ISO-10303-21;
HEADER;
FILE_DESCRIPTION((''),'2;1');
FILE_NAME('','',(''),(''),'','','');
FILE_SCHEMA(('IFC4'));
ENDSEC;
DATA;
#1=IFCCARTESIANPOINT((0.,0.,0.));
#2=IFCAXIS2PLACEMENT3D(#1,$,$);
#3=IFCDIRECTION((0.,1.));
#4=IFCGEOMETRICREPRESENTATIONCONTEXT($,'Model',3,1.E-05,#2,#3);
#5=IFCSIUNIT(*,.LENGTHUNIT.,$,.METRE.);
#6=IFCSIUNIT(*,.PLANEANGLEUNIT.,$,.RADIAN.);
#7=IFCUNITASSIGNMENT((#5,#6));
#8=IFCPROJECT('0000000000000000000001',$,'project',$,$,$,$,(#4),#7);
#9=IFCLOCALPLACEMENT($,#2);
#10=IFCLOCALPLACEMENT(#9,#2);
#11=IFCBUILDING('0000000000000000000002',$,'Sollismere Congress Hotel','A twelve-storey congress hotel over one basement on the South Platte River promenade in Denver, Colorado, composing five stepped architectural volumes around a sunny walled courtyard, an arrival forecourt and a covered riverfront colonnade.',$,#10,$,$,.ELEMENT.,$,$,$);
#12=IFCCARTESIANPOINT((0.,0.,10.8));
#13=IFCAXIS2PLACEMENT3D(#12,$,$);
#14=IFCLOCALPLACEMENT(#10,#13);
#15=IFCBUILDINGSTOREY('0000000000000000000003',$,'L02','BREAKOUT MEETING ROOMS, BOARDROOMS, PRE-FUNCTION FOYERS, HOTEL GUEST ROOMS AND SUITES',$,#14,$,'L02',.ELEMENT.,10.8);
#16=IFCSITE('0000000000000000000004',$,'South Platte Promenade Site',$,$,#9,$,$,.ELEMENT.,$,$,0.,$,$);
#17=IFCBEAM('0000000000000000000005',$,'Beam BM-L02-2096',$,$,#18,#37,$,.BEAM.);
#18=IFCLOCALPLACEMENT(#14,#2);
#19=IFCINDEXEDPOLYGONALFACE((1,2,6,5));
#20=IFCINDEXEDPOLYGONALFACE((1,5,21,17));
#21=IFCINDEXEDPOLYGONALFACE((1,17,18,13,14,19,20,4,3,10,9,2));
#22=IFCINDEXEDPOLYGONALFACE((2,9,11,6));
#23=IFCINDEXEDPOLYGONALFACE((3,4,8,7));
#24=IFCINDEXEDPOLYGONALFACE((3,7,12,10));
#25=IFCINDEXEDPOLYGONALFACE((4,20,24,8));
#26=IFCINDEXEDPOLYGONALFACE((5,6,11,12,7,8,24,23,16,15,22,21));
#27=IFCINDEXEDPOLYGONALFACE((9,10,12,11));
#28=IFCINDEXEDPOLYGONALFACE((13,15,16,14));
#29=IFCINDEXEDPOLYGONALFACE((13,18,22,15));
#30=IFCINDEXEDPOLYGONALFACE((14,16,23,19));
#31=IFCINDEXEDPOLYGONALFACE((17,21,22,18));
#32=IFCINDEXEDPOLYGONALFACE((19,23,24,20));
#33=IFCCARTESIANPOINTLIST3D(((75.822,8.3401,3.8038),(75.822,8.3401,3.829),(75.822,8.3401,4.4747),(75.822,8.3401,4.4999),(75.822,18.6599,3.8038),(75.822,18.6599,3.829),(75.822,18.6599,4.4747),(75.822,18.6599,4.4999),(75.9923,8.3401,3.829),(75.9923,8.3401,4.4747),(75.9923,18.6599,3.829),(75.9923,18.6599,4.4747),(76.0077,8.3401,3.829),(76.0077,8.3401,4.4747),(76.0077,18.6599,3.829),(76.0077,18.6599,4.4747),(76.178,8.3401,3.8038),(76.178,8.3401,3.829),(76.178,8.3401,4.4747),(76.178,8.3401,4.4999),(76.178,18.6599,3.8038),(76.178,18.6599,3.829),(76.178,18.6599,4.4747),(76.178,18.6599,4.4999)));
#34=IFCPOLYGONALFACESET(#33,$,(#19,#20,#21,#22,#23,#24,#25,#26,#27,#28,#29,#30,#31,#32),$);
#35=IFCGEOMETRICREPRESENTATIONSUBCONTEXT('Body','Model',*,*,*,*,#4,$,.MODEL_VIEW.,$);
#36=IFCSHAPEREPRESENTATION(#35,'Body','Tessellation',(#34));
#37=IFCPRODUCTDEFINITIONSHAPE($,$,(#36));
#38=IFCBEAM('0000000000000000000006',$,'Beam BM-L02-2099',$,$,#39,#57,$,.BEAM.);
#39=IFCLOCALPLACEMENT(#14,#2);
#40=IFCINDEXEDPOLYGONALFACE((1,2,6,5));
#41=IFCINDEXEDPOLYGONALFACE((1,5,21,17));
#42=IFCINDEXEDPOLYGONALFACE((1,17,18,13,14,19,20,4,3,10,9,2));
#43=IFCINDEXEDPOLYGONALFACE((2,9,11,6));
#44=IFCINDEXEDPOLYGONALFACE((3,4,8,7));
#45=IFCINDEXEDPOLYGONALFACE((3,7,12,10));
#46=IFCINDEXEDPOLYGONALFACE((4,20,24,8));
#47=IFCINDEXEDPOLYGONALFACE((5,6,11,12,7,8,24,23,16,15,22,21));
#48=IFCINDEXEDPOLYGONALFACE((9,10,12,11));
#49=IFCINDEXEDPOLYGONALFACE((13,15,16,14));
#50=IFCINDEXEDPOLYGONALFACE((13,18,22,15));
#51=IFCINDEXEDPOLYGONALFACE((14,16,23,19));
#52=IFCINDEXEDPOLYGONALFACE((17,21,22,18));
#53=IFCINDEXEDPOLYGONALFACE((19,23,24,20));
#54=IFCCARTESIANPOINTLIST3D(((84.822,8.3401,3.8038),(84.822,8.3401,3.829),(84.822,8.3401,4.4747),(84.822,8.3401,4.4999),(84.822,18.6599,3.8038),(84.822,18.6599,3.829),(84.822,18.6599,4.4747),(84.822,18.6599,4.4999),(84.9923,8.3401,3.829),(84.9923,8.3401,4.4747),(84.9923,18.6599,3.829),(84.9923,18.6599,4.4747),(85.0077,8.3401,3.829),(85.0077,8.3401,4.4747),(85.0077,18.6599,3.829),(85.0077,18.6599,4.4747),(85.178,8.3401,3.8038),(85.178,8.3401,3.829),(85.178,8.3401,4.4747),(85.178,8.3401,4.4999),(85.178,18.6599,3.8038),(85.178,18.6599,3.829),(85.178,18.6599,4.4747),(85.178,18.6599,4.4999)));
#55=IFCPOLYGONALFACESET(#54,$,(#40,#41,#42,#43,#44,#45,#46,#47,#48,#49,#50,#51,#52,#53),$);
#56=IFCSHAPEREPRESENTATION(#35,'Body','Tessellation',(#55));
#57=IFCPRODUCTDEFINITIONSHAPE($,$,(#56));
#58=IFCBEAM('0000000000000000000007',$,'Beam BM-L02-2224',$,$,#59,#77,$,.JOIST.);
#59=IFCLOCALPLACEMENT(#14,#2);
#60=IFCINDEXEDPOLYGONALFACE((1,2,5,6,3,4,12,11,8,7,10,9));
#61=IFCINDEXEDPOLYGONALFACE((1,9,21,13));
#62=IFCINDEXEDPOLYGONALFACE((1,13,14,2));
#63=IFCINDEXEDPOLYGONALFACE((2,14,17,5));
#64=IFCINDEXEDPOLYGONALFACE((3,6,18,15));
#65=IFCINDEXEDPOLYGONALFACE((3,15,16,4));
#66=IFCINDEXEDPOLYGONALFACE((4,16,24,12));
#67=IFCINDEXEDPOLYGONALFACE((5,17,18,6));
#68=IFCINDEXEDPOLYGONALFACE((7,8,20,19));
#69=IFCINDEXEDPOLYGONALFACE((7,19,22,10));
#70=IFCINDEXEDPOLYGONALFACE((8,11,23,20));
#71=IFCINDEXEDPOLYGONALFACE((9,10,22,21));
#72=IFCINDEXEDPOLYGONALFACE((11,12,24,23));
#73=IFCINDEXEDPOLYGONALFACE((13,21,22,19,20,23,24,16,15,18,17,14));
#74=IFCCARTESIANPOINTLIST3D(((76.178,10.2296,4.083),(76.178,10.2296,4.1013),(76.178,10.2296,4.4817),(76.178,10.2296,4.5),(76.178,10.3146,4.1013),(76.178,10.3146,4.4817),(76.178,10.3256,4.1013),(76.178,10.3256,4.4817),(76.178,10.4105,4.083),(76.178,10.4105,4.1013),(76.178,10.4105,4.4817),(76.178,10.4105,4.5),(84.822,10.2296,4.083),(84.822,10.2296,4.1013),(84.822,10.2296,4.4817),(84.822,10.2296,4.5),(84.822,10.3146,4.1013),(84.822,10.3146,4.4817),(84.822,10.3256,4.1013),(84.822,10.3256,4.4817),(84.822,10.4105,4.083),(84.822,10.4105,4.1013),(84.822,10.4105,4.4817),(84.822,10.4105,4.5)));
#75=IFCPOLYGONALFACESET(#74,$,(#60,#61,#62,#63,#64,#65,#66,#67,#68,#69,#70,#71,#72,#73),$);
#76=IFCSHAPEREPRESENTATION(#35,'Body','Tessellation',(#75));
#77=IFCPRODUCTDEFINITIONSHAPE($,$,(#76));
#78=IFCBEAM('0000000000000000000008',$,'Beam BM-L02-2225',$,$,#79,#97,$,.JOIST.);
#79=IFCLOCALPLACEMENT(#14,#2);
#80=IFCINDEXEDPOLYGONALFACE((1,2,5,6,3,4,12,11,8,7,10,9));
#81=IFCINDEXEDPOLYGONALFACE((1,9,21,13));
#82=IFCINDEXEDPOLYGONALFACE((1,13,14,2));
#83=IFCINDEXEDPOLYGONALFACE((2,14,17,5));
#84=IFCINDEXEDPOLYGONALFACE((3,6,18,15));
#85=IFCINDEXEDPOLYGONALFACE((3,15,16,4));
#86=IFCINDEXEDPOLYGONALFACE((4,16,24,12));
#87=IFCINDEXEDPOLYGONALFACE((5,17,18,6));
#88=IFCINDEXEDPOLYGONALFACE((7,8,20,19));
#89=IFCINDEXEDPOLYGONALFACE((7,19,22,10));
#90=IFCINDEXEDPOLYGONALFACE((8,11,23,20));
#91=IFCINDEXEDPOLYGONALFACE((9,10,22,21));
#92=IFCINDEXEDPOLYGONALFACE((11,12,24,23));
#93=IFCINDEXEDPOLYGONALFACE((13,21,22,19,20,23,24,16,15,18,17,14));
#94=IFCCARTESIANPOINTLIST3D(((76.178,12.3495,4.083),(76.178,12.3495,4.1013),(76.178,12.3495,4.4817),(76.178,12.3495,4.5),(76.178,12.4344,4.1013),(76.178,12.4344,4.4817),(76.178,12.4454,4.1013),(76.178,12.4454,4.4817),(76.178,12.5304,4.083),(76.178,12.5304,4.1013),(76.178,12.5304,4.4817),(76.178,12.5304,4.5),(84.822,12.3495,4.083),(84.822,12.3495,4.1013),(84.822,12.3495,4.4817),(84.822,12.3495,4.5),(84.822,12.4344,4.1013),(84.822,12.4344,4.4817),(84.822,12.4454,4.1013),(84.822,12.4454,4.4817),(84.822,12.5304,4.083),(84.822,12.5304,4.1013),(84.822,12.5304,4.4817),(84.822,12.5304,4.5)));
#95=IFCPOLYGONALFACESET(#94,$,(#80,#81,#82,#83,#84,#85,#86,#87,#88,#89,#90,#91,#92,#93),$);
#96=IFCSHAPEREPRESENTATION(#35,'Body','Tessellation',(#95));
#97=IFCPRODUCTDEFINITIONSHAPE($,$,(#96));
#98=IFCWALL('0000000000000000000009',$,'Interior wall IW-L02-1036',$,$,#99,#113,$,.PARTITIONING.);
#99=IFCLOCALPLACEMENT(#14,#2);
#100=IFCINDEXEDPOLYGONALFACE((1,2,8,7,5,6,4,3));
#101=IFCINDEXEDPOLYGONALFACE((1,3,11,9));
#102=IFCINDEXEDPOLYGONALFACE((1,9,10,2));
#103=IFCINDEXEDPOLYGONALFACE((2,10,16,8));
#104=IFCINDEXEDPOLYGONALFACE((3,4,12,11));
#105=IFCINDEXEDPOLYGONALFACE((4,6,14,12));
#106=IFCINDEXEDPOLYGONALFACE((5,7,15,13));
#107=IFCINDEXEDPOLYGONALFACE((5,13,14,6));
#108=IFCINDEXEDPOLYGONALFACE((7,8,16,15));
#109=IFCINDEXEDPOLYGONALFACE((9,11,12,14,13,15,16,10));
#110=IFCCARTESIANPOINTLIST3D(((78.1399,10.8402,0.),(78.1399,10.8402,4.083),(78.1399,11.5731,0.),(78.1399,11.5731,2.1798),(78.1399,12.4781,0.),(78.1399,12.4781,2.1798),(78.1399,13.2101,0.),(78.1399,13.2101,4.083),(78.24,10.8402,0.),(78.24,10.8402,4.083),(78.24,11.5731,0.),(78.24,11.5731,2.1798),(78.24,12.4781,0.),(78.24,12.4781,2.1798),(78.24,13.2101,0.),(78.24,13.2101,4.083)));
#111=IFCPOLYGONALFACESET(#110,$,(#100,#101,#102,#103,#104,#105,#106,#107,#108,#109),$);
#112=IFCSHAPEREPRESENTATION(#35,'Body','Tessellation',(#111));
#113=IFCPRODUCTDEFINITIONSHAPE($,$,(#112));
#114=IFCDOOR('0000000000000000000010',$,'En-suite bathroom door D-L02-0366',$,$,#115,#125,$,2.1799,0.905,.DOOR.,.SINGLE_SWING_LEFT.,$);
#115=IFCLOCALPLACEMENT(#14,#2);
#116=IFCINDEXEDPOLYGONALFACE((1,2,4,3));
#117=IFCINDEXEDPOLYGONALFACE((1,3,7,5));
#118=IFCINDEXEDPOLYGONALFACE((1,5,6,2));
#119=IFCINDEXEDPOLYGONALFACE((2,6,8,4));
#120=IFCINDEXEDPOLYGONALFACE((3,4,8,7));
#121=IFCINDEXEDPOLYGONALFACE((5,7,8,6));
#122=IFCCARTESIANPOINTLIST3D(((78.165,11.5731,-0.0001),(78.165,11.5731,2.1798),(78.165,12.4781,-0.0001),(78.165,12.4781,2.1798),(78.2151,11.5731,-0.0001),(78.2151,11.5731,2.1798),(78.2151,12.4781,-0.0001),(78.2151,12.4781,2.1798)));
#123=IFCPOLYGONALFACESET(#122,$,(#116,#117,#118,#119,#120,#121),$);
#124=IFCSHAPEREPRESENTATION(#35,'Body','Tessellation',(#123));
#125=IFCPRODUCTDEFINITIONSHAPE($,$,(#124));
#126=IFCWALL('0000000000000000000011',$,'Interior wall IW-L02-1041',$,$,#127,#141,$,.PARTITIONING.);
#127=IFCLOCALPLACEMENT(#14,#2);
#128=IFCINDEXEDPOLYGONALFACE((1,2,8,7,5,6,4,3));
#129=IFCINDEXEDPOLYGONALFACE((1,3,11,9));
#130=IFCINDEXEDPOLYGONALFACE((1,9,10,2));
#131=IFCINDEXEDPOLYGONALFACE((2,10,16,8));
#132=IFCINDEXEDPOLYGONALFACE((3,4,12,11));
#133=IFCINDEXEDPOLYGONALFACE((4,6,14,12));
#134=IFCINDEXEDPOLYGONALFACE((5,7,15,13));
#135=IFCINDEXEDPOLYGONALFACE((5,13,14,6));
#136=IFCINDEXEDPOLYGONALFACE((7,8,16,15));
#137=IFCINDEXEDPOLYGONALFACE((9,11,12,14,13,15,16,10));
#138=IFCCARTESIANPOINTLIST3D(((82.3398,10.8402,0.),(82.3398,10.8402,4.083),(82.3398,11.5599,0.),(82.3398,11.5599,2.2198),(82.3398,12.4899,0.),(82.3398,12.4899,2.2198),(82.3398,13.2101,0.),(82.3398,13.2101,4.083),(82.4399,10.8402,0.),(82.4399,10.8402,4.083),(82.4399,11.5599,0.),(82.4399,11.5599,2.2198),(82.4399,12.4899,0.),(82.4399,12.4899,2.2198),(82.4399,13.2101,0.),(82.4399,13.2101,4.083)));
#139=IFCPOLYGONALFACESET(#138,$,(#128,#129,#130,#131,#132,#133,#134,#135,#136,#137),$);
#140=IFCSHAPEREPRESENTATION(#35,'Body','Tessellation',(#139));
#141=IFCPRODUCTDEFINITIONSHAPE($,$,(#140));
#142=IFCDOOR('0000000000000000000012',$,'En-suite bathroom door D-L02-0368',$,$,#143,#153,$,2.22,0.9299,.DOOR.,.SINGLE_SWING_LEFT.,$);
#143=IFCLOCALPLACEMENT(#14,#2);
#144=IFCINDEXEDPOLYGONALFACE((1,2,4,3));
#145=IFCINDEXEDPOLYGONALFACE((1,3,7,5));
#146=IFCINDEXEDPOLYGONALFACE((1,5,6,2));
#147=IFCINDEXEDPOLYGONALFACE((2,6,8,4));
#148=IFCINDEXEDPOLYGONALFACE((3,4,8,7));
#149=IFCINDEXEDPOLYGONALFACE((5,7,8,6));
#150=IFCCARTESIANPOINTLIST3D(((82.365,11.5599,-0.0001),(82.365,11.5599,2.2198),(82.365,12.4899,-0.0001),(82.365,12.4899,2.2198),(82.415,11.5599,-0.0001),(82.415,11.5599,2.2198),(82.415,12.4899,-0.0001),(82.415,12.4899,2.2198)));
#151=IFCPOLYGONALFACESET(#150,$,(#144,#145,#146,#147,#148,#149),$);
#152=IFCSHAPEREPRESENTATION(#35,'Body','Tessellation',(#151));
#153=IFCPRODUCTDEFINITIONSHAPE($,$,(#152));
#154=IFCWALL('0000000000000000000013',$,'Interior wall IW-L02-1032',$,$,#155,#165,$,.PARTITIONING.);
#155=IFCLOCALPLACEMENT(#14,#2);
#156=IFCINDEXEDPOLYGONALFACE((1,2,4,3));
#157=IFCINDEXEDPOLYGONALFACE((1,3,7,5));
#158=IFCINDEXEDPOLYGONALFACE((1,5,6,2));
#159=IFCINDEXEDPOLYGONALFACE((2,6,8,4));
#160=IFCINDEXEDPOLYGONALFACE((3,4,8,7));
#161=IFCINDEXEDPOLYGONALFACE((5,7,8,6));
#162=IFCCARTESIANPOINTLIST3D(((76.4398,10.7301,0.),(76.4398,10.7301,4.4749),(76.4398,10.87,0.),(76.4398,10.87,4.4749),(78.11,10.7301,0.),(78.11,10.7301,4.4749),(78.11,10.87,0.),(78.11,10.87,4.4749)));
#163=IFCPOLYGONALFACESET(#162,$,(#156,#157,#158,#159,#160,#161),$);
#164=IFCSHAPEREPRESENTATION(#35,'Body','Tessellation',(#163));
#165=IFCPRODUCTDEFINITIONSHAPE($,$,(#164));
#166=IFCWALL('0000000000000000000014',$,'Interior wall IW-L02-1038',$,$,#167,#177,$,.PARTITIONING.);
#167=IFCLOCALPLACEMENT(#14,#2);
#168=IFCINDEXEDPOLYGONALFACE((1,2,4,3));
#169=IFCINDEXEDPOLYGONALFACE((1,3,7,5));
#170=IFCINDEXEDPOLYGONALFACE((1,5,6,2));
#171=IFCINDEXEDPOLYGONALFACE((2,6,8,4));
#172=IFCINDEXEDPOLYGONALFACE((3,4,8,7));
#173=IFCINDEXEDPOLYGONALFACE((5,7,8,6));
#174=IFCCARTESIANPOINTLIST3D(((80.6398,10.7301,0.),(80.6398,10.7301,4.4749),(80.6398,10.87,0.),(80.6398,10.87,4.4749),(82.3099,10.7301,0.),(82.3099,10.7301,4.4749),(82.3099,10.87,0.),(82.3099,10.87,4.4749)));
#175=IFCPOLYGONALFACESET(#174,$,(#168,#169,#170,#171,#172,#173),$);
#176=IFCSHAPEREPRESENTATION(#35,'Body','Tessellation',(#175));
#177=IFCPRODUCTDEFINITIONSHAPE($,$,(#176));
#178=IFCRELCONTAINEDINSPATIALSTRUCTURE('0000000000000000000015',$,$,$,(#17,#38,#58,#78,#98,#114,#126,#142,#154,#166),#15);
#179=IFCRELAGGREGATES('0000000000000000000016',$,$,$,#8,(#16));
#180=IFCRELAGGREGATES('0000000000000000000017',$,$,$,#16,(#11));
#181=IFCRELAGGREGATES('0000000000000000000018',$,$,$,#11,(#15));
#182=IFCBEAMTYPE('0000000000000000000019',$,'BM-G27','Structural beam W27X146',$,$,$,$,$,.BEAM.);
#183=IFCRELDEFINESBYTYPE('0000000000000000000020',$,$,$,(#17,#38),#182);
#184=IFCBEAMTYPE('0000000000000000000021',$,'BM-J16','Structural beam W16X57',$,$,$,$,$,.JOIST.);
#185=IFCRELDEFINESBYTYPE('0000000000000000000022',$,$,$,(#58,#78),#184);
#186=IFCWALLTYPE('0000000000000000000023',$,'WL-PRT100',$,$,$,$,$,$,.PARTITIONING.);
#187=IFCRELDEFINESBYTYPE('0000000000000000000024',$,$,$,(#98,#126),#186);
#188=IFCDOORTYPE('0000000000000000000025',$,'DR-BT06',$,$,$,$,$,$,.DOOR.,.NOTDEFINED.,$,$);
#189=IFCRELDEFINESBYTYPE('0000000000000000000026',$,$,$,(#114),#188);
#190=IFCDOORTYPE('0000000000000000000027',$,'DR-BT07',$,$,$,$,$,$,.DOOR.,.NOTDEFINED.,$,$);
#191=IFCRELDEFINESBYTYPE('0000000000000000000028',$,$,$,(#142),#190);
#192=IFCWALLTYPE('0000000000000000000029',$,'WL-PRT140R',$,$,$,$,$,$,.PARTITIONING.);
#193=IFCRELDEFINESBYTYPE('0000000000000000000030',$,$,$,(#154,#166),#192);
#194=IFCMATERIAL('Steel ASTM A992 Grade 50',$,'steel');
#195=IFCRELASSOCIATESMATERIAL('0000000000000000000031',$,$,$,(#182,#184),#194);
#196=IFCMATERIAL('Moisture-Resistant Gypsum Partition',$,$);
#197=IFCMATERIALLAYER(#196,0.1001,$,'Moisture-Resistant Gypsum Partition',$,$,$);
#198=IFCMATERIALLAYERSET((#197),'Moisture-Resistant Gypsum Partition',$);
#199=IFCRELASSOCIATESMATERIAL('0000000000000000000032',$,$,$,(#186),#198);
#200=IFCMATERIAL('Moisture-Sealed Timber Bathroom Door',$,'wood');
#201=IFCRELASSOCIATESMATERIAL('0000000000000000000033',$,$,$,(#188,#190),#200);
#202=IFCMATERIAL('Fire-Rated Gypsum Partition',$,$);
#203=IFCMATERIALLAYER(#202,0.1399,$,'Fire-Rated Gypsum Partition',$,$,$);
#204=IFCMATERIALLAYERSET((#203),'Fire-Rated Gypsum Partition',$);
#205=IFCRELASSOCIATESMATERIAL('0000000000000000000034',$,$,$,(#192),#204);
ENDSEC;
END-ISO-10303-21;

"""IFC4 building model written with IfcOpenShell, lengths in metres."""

from ifc_helpers import new_model, si_unit, direction, frame, frame_2d, origin, origin_2d, place, context, subcontext, project, spatial, rectangle, i_section, extrude, material, layer, layer_set, material_profile, profile_set, type_object, element, fill, save


model = new_model("IFC4")

# Units and contexts
model_context = context("Model", 3, precision=1e-05, world=origin(), true_north=direction((0.0, 1.0)))
body_context = subcontext(model_context, "Body", "Model", "MODEL_VIEW")
ifc_project = project(units=[si_unit("LENGTHUNIT", "METRE"), si_unit("PLANEANGLEUNIT", "RADIAN")], contexts=[model_context])

# Site, building, storey
site_placement = place(None, origin())
site = spatial("IfcSite", under=ifc_project, at=site_placement, Name="South Platte Promenade Site", CompositionType="ELEMENT", RefElevation=0.0)
building_placement = place(site_placement, origin())
building = spatial("IfcBuilding", under=site, at=building_placement, Name="Sollismere Congress Hotel", Description="A twelve-storey congress hotel over one basement on the South Platte River promenade in Denver, Colorado, composing five stepped architectural volumes around a sunny walled courtyard, an arrival forecourt and a covered riverfront colonnade.", CompositionType="ELEMENT")
storey_placement = place(building_placement, frame((0.0, 0.0, 10.8)))
storey = spatial("IfcBuildingStorey", under=building, at=storey_placement, Name="L02", Description="BREAKOUT MEETING ROOMS, BOARDROOMS, PRE-FUNCTION FOYERS, HOTEL GUEST ROOMS AND SUITES", LongName="L02", CompositionType="ELEMENT", Elevation=10.8)

# Beams
ifc_material_1 = material(Name="Steel ASTM A992 Grade 50", Category="steel")
ifc_material_profile_1 = material_profile(ifc_material_1, i_section(OverallWidth=0.356, OverallDepth=0.696, WebThickness=0.0154, FlangeThickness=0.0251, at=origin_2d()), Name="W27X146")
ifc_profile_set_1 = profile_set([ifc_material_profile_1], Name="Steel ASTM A992 Grade 50")
beam_type_1 = type_object("IfcBeamType", Name="BM-G27", Description="Structural beam W27X146", PredefinedType="BEAM", material=ifc_profile_set_1)
for number, where, z_axis, x_axis, name in (
    (1, (76.0, 8.3401, 4.1519), (0.0, 1.0, 0.0), (-1.0, 0.0, 0.0), "Beam BM-L02-2096"),
    (2, (85.0, 8.3401, 4.1519), (0.0, 1.0, 0.0), (-1.0, 0.0, 0.0), "Beam BM-L02-2099"),
):
    element("IfcBeam", number, at=place(storey_placement, frame(where, z_axis=z_axis, x_axis=x_axis)), inside=storey, type_object=beam_type_1, Name=name, PredefinedType="BEAM", context=body_context, shape_type="SweptSolid", body=[
        extrude(i_section(OverallWidth=0.356, OverallDepth=0.696, WebThickness=0.0154, FlangeThickness=0.0251, at=origin_2d()), origin(), (0.0, 0.0, 1.0), 10.3198),
    ])
ifc_material_profile_2 = material_profile(ifc_material_1, i_section(OverallWidth=0.1809, OverallDepth=0.417, WebThickness=0.011, FlangeThickness=0.0183, at=origin_2d()), Name="W16X57")
ifc_profile_set_2 = profile_set([ifc_material_profile_2], Name="Steel ASTM A992 Grade 50")
beam_type_2 = type_object("IfcBeamType", Name="BM-J16", Description="Structural beam W16X57", PredefinedType="JOIST", material=ifc_profile_set_2)
for number, where, z_axis, x_axis, name in (
    (3, (76.178, 10.3201, 4.2915), (1.0, 0.0, 0.0), (0.0, 1.0, 0.0), "Beam BM-L02-2224"),
    (4, (76.178, 12.4399, 4.2915), (1.0, 0.0, 0.0), (0.0, 1.0, 0.0), "Beam BM-L02-2225"),
):
    element("IfcBeam", number, at=place(storey_placement, frame(where, z_axis=z_axis, x_axis=x_axis)), inside=storey, type_object=beam_type_2, Name=name, PredefinedType="JOIST", context=body_context, shape_type="SweptSolid", body=[
        extrude(i_section(OverallWidth=0.1809, OverallDepth=0.417, WebThickness=0.011, FlangeThickness=0.0183, at=origin_2d()), origin(), (0.0, 0.0, 1.0), 8.644),
    ])

# Walls, openings, doors
ifc_material_2 = material(Name="Moisture-Resistant Gypsum Partition")
ifc_layer_1 = layer(ifc_material_2, 0.1001, Name="Moisture-Resistant Gypsum Partition")
ifc_layer_set_1 = layer_set([ifc_layer_1], Name="Moisture-Resistant Gypsum Partition")
wall_type_1 = type_object("IfcWallType", Name="WL-PRT100", PredefinedType="PARTITIONING", material=ifc_layer_set_1)
wall_1_placement = place(storey_placement, frame((78.1899, 10.8401, 0.0), z_axis=(0.0, 0.0, 1.0), x_axis=(0.0, 1.0, 0.0)))
wall_1 = element("IfcWall", 5, at=wall_1_placement, inside=storey, type_object=wall_type_1, Name="Interior wall IW-L02-1036", PredefinedType="PARTITIONING", context=body_context, shape_type="SweptSolid", body=[
    extrude(rectangle(XDim=2.3699, YDim=0.1001, at=frame_2d((1.1851, 0.0))), origin(), (0.0, 0.0, 1.0), 4.083),
])
opening_1_placement = place(wall_1_placement, frame((0.7329, 0.0, 0.0)))
opening_1 = element("IfcOpeningElement", 6, at=opening_1_placement, cuts=wall_1, PredefinedType="OPENING", context=body_context, shape_type="SweptSolid", body=[
    extrude(rectangle(XDim=0.905, YDim=2.1799, at=frame_2d((0.4526, 1.0898))), frame((0.0, 0.0601, 0.0), z_axis=(0.0, -1.0, 0.0), x_axis=(1.0, 0.0, 0.0)), (0.0, 0.0, 1.0), 0.1201),
])
ifc_material_3 = material(Name="Moisture-Sealed Timber Bathroom Door", Category="wood")
door_type_1 = type_object("IfcDoorType", Name="DR-BT06", OperationType="NOTDEFINED", PredefinedType="DOOR", material=ifc_material_3)
door_1_placement = place(opening_1_placement, origin())
door_1 = element("IfcDoor", 7, at=door_1_placement, inside=storey, type_object=door_type_1, Name="En-suite bathroom door D-L02-0366", OperationType="SINGLE_SWING_LEFT", OverallHeight=2.1799, OverallWidth=0.905, PredefinedType="DOOR", context=body_context, shape_type="SweptSolid", body=[
    extrude(rectangle(XDim=0.905, YDim=2.1799, at=frame_2d((0.4526, 1.0898))), frame((0.0, 0.0249, 0.0), z_axis=(0.0, -1.0, 0.0), x_axis=(1.0, 0.0, 0.0)), (0.0, 0.0, 1.0), 0.05),
])
fill(opening_1, door_1)
wall_2_placement = place(storey_placement, frame((82.3899, 10.8401, 0.0), z_axis=(0.0, 0.0, 1.0), x_axis=(0.0, 1.0, 0.0)))
wall_2 = element("IfcWall", 8, at=wall_2_placement, inside=storey, type_object=wall_type_1, Name="Interior wall IW-L02-1041", PredefinedType="PARTITIONING", context=body_context, shape_type="SweptSolid", body=[
    extrude(rectangle(XDim=2.3699, YDim=0.1001, at=frame_2d((1.1851, 0.0))), origin(), (0.0, 0.0, 1.0), 4.083),
])
opening_2_placement = place(wall_2_placement, frame((0.72, 0.0, 0.0)))
opening_2 = element("IfcOpeningElement", 9, at=opening_2_placement, cuts=wall_2, PredefinedType="OPENING", context=body_context, shape_type="SweptSolid", body=[
    extrude(rectangle(XDim=0.9299, YDim=2.22, at=frame_2d((0.4648, 1.1099))), frame((0.0, 0.0601, 0.0), z_axis=(0.0, -1.0, 0.0), x_axis=(1.0, 0.0, 0.0)), (0.0, 0.0, 1.0), 0.1201),
])
door_type_2 = type_object("IfcDoorType", Name="DR-BT07", OperationType="NOTDEFINED", PredefinedType="DOOR", material=ifc_material_3)
door_2_placement = place(opening_2_placement, origin())
door_2 = element("IfcDoor", 10, at=door_2_placement, inside=storey, type_object=door_type_2, Name="En-suite bathroom door D-L02-0368", OperationType="SINGLE_SWING_LEFT", OverallHeight=2.22, OverallWidth=0.9299, PredefinedType="DOOR", context=body_context, shape_type="SweptSolid", body=[
    extrude(rectangle(XDim=0.9299, YDim=2.22, at=frame_2d((0.4648, 1.1099))), frame((0.0, 0.0249, 0.0), z_axis=(0.0, -1.0, 0.0), x_axis=(1.0, 0.0, 0.0)), (0.0, 0.0, 1.0), 0.05),
])
fill(opening_2, door_2)

# Wall
ifc_material_4 = material(Name="Fire-Rated Gypsum Partition")
ifc_layer_2 = layer(ifc_material_4, 0.1399, Name="Fire-Rated Gypsum Partition")
ifc_layer_set_2 = layer_set([ifc_layer_2], Name="Fire-Rated Gypsum Partition")
wall_type_2 = type_object("IfcWallType", Name="WL-PRT140R", PredefinedType="PARTITIONING", material=ifc_layer_set_2)
wall_3_placement = place(storey_placement, frame((76.4399, 10.8, 0.0), z_axis=(0.0, 0.0, 1.0), x_axis=(1.0, 0.0, 0.0)))
element("IfcWall", 11, at=wall_3_placement, inside=storey, type_object=wall_type_2, Name="Interior wall IW-L02-1032", PredefinedType="PARTITIONING", context=body_context, shape_type="SweptSolid", body=[
    extrude(rectangle(XDim=1.6702, YDim=0.1399, at=frame_2d((0.835, 0.0))), origin(), (0.0, 0.0, 1.0), 4.4749),
])

# Wall
wall_4_placement = place(storey_placement, frame((80.6399, 10.8, 0.0), z_axis=(0.0, 0.0, 1.0), x_axis=(1.0, 0.0, 0.0)))
element("IfcWall", 12, at=wall_4_placement, inside=storey, type_object=wall_type_2, Name="Interior wall IW-L02-1038", PredefinedType="PARTITIONING", context=body_context, shape_type="SweptSolid", body=[
    extrude(rectangle(XDim=1.6702, YDim=0.1399, at=frame_2d((0.835, 0.0))), origin(), (0.0, 0.0, 1.0), 4.4749),
])

save(model, "model.ifc")
